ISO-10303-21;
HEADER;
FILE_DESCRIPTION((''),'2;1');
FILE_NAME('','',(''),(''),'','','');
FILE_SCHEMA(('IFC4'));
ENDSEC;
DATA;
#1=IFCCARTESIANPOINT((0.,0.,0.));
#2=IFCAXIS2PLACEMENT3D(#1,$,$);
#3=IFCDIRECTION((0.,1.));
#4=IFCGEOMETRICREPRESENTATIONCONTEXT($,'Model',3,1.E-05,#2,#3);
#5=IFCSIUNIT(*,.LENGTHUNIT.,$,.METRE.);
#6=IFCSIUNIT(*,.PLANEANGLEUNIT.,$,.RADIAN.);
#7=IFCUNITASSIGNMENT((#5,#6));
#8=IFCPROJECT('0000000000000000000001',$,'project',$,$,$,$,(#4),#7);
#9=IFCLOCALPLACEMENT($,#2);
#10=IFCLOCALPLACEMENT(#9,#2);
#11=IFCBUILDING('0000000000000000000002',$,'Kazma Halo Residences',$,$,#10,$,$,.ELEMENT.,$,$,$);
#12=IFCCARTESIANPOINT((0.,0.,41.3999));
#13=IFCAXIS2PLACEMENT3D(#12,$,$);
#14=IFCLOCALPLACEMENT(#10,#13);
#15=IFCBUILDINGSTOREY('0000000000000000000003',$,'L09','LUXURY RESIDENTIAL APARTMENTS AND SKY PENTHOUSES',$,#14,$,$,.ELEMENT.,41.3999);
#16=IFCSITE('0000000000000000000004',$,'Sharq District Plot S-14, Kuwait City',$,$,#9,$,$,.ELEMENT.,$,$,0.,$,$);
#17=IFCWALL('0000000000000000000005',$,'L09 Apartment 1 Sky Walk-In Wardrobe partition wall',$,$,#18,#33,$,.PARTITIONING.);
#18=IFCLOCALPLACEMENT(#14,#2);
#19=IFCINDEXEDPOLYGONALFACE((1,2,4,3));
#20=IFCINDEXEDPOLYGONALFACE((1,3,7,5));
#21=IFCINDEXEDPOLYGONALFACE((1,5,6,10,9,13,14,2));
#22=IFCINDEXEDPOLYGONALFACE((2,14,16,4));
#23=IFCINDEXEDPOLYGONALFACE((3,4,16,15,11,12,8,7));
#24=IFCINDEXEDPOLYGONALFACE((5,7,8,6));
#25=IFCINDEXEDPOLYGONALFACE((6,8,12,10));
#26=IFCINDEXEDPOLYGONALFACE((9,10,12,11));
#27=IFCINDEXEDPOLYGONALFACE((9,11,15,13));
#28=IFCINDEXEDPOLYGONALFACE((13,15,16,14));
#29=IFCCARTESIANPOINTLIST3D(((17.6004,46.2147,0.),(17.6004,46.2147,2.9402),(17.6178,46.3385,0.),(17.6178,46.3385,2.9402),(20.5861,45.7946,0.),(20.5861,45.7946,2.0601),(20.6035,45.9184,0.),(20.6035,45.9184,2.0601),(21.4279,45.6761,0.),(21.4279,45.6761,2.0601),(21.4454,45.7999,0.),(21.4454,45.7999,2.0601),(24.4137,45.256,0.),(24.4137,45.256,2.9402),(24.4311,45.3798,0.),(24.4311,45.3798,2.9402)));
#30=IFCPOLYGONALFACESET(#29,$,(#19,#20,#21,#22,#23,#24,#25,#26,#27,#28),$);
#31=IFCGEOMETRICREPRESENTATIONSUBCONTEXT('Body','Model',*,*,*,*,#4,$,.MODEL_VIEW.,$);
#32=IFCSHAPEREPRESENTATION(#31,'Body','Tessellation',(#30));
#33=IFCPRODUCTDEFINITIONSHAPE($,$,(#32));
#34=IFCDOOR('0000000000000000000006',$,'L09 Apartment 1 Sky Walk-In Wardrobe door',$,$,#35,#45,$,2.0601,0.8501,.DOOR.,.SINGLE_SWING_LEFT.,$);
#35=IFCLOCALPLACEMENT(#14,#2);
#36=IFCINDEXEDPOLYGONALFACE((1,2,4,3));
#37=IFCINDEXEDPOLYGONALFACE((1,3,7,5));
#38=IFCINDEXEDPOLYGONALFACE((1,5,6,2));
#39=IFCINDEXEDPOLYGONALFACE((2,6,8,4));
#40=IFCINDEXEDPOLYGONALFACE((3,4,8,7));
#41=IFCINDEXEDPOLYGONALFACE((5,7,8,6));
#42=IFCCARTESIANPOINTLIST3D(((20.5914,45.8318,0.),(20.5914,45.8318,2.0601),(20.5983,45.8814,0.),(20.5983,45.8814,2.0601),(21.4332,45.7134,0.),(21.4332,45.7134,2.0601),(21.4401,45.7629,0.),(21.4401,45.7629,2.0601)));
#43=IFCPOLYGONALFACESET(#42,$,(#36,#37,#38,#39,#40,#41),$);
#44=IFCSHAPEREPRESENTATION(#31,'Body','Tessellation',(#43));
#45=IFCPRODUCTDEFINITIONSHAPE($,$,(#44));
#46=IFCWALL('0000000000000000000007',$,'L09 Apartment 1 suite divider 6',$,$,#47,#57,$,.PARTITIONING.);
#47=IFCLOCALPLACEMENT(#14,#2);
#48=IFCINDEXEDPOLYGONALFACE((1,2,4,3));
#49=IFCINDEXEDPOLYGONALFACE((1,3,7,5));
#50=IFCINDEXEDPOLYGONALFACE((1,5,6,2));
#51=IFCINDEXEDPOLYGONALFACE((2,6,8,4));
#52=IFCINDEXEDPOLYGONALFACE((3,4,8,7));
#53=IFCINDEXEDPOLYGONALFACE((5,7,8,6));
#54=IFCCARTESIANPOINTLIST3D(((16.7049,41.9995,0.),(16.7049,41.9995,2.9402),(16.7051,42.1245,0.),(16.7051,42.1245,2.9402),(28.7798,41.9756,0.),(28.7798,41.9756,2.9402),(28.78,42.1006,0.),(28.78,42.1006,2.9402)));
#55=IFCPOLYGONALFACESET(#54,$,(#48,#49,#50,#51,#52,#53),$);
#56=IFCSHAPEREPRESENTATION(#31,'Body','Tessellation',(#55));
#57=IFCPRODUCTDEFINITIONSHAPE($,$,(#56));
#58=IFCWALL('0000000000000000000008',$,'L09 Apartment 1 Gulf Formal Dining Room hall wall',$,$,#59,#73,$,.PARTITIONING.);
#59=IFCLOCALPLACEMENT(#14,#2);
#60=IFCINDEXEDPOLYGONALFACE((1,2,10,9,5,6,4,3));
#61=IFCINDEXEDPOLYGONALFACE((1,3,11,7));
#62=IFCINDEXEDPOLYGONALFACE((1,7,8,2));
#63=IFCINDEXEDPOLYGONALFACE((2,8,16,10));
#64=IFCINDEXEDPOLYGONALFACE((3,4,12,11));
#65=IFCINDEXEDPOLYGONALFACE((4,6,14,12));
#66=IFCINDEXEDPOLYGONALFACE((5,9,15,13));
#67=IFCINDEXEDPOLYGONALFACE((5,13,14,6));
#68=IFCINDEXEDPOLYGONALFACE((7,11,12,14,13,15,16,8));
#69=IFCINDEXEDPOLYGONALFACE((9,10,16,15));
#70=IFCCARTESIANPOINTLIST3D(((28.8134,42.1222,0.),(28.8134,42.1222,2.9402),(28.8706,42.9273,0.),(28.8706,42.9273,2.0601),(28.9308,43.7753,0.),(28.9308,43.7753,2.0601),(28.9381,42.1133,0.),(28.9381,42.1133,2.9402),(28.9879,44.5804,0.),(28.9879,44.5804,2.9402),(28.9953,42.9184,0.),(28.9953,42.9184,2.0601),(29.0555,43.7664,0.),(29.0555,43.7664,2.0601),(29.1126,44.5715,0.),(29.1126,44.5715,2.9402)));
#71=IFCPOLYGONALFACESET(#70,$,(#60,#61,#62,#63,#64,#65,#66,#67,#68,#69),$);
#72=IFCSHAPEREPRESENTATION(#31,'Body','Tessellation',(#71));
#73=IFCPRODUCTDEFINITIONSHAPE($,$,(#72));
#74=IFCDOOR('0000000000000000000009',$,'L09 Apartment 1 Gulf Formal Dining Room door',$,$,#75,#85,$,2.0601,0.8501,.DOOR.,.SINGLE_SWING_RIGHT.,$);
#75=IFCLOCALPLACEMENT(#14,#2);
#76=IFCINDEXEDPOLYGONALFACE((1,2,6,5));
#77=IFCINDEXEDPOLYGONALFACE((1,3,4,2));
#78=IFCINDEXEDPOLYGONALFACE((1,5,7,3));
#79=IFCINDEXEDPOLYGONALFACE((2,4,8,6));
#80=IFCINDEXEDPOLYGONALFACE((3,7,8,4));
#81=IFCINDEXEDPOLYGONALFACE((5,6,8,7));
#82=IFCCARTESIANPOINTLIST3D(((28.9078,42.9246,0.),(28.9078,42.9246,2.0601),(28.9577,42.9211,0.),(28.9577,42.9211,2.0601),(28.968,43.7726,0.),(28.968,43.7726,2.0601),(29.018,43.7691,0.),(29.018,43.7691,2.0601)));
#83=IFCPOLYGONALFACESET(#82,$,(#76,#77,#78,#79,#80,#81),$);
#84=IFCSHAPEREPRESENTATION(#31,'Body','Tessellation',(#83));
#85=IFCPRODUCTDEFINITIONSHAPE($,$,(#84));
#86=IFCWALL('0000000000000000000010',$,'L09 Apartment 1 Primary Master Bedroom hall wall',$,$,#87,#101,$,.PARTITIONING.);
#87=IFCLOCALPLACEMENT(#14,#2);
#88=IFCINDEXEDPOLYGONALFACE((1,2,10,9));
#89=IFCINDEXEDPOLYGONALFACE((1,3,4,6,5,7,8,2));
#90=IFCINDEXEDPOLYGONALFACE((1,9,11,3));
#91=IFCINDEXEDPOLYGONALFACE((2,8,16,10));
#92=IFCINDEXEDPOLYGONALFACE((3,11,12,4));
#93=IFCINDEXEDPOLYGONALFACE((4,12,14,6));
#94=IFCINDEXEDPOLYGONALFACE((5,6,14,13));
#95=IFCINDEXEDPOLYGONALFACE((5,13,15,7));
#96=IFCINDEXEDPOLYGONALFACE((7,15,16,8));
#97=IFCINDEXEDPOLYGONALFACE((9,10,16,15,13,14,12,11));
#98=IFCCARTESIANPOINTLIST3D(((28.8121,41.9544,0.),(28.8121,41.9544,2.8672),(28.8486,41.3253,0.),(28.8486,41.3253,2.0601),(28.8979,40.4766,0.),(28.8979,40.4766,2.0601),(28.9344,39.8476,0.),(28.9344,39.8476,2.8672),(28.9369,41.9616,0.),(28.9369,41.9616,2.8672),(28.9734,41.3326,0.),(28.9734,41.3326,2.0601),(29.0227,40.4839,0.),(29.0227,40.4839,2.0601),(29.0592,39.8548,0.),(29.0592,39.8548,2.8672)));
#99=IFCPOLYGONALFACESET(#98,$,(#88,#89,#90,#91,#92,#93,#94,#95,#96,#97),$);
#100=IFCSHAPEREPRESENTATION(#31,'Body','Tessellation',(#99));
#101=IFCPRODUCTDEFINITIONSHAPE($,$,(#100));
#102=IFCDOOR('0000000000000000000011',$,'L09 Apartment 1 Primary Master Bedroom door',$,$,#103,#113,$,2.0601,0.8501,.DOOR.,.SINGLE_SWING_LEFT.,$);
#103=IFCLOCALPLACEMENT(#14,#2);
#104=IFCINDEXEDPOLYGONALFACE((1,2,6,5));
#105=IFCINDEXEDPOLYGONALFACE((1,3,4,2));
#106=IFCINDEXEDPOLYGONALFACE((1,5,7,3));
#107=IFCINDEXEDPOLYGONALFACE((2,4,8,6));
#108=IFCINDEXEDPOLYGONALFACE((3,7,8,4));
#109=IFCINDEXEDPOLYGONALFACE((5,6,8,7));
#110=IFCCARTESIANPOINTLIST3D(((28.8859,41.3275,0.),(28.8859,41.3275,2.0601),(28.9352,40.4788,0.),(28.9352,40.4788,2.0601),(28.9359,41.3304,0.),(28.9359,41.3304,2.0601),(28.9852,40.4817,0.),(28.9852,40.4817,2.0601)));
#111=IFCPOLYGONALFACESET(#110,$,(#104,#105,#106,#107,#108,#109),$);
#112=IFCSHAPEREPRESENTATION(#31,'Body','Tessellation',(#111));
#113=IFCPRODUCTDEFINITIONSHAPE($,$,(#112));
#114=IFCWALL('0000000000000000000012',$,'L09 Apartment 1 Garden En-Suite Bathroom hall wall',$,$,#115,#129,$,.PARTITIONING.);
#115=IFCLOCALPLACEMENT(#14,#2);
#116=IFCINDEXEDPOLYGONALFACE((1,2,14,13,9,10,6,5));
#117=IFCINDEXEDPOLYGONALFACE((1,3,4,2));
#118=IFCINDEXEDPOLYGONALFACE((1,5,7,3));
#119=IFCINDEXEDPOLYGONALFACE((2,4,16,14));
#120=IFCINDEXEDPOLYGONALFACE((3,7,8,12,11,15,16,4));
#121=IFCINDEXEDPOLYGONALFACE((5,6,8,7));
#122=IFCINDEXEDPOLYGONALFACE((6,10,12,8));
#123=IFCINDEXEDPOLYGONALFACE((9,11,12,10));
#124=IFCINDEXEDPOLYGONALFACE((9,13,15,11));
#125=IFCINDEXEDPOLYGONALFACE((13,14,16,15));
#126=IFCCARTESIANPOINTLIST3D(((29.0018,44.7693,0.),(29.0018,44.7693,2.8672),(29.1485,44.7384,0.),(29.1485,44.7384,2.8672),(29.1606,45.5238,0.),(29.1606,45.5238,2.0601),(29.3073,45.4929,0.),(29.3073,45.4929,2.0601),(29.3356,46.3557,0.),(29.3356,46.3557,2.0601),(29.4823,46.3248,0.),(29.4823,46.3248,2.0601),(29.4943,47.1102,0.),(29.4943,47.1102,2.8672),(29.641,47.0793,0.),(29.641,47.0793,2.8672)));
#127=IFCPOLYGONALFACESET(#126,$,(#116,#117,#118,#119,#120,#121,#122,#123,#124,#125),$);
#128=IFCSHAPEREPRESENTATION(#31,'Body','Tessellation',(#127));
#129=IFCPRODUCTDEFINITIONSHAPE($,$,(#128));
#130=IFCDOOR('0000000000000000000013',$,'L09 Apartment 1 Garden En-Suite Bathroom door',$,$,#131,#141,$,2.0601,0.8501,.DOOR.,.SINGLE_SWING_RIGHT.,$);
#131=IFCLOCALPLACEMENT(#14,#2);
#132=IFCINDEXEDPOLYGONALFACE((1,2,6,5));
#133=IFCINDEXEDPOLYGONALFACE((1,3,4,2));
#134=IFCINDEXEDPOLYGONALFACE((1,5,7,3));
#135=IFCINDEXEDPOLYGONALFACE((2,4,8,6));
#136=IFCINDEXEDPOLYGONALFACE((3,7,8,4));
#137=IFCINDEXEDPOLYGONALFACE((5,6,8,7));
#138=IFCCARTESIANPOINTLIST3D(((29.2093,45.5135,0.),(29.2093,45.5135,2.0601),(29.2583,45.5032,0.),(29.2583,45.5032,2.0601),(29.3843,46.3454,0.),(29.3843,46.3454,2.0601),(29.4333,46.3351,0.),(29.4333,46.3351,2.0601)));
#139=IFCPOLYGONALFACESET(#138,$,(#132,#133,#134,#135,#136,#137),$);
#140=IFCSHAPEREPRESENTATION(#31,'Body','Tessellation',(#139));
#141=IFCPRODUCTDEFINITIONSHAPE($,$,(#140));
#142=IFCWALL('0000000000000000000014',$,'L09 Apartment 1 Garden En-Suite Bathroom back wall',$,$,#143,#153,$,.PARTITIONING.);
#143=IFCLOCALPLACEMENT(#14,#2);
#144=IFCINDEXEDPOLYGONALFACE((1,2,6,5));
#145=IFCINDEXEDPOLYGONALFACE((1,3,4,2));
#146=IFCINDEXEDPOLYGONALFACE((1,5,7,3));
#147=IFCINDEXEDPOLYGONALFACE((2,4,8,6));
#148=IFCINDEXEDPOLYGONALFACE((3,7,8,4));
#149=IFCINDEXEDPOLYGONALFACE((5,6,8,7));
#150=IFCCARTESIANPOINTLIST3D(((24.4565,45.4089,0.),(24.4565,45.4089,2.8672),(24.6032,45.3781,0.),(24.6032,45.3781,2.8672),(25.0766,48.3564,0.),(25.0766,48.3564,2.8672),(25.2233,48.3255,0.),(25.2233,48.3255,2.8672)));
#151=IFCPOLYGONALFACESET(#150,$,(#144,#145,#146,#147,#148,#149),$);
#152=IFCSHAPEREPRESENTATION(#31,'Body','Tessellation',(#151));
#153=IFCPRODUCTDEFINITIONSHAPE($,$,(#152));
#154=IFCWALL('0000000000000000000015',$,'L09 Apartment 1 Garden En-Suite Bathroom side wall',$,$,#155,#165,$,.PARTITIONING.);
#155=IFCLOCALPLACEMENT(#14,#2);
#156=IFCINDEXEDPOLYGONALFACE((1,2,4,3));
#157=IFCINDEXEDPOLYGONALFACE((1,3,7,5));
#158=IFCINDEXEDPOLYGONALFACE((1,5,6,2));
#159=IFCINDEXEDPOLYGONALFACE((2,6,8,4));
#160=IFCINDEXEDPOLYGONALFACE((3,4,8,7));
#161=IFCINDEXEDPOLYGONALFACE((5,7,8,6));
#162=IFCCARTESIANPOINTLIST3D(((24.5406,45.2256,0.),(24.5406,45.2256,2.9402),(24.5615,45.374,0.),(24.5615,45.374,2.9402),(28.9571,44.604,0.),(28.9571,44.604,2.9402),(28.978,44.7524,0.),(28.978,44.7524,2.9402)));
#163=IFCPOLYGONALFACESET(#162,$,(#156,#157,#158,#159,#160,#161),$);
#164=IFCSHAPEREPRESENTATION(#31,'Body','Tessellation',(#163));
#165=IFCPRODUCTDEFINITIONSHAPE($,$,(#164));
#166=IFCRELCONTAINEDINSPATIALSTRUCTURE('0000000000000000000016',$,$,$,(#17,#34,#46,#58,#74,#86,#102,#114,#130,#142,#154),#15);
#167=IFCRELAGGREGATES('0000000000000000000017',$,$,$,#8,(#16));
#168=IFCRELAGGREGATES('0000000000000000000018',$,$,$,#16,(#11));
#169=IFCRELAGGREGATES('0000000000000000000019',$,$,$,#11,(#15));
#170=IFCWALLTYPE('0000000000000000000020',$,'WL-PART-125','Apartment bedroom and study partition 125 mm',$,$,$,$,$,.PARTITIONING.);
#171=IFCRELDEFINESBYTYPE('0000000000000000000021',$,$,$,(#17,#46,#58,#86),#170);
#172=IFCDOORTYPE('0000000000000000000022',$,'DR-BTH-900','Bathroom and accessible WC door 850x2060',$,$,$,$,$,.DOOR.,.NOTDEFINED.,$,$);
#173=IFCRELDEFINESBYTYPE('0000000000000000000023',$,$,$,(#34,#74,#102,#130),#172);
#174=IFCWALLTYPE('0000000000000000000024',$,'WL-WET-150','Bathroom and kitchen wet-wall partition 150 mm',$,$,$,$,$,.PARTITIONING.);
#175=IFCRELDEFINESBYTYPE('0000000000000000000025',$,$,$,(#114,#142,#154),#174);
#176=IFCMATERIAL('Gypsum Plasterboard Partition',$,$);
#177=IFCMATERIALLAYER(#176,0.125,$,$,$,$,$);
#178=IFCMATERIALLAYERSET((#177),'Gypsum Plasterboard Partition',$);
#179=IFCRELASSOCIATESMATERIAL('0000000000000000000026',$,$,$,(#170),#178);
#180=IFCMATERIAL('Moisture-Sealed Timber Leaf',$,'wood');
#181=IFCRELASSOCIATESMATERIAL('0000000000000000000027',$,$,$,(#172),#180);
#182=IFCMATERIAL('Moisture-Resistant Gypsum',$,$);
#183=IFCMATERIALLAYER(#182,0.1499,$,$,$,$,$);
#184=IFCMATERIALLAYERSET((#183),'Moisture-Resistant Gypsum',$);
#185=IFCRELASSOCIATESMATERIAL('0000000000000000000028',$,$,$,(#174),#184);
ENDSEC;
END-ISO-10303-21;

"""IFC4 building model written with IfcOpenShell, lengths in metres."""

from ifc_helpers import new_model, si_unit, direction, frame, frame_2d, origin, place, context, subcontext, project, spatial, rectangle, extrude, material, layer, layer_set, type_object, element, fill, save


model = new_model("IFC4")

# Units and contexts
model_context = context("Model", 3, precision=1e-05, world=origin(), true_north=direction((0.0, 1.0)))
body_context = subcontext(model_context, "Body", "Model", "MODEL_VIEW")
ifc_project = project(units=[si_unit("LENGTHUNIT", "METRE"), si_unit("PLANEANGLEUNIT", "RADIAN")], contexts=[model_context])

# Site, building, storey
site_placement = place(None, origin())
site = spatial("IfcSite", under=ifc_project, at=site_placement, Name="Sharq District Plot S-14, Kuwait City", CompositionType="ELEMENT", RefElevation=0.0)
building_placement = place(site_placement, origin())
building = spatial("IfcBuilding", under=site, at=building_placement, Name="Kazma Halo Residences", CompositionType="ELEMENT")
storey_placement = place(building_placement, frame((0.0, 0.0, 41.3999)))
storey = spatial("IfcBuildingStorey", under=building, at=storey_placement, Name="L09", Description="LUXURY RESIDENTIAL APARTMENTS AND SKY PENTHOUSES", CompositionType="ELEMENT", Elevation=41.3999)

# Shared definitions
ifc_material_1 = material(Name="Gypsum Plasterboard Partition")
ifc_layer_1 = layer(ifc_material_1, 0.125)
ifc_layer_set_1 = layer_set([ifc_layer_1], Name="Gypsum Plasterboard Partition")
wall_type_1 = type_object("IfcWallType", Name="WL-PART-125", Description="Apartment bedroom and study partition 125 mm", PredefinedType="PARTITIONING", material=ifc_layer_set_1)

# Shared definitions
ifc_material_2 = material(Name="Moisture-Sealed Timber Leaf", Category="wood")
door_type = type_object("IfcDoorType", Name="DR-BTH-900", Description="Bathroom and accessible WC door 850x2060", OperationType="NOTDEFINED", PredefinedType="DOOR", material=ifc_material_2)

# Wall, opening, door
wall_1_placement = place(storey_placement, frame((24.4224, 45.3179, 0.0), z_axis=(0.0, 0.0, 1.0), x_axis=(-0.990244, 0.139345, 0.0)))
wall_1 = element("IfcWall", 1, at=wall_1_placement, inside=storey, type_object=wall_type_1, Name="L09 Apartment 1 Sky Walk-In Wardrobe partition wall", PredefinedType="PARTITIONING", context=body_context, shape_type="SweptSolid", body=[
    extrude(rectangle(XDim=6.8804, YDim=0.125, at=frame_2d((3.4402, 0.0))), origin(), (0.0, 0.0, 1.0), 2.9402),
])
opening_1_placement = place(wall_1_placement, frame((3.0151, 0.0, 0.0)))
opening_1 = element("IfcOpeningElement", 2, at=opening_1_placement, cuts=wall_1, PredefinedType="OPENING", context=body_context, shape_type="SweptSolid", body=[
    extrude(rectangle(XDim=0.8501, YDim=2.0601, at=frame_2d((0.425, 1.03))), frame((0.0, 0.0725, 0.0), z_axis=(0.0, -1.0, 0.0), x_axis=(1.0, 0.0, 0.0)), (0.0, 0.0, 1.0), 0.145),
])
door_1_placement = place(opening_1_placement, origin())
door_1 = element("IfcDoor", 3, at=door_1_placement, inside=storey, type_object=door_type, Name="L09 Apartment 1 Sky Walk-In Wardrobe door", OperationType="SINGLE_SWING_LEFT", OverallHeight=2.0601, OverallWidth=0.8501, PredefinedType="DOOR", context=body_context, shape_type="SweptSolid", body=[
    extrude(rectangle(XDim=0.8501, YDim=2.0601, at=frame_2d((0.425, 1.03))), frame((0.0, 0.0249, 0.0), z_axis=(0.0, -1.0, 0.0), x_axis=(1.0, 0.0, 0.0)), (0.0, 0.0, 1.0), 0.05),
])
fill(opening_1, door_1)

# Wall
wall_2_placement = place(storey_placement, frame((28.78, 42.0381, 0.0), z_axis=(0.0, 0.0, 1.0), x_axis=(-0.999998, 0.001981, 0.0)))
element("IfcWall", 4, at=wall_2_placement, inside=storey, type_object=wall_type_1, Name="L09 Apartment 1 suite divider 6", PredefinedType="PARTITIONING", context=body_context, shape_type="SweptSolid", body=[
    extrude(rectangle(XDim=12.075, YDim=0.125, at=frame_2d((6.0376, 0.0))), origin(), (0.0, 0.0, 1.0), 2.9402),
])

# Walls, openings, doors
wall_3_placement = place(storey_placement, frame((29.0503, 44.5759, 0.0), z_axis=(0.0, 0.0, 1.0), x_axis=(-0.070832, -0.997488, 0.0)))
wall_3 = element("IfcWall", 5, at=wall_3_placement, inside=storey, type_object=wall_type_1, Name="L09 Apartment 1 Gulf Formal Dining Room hall wall", PredefinedType="PARTITIONING", context=body_context, shape_type="SweptSolid", body=[
    extrude(rectangle(XDim=2.4644, YDim=0.125, at=frame_2d((1.2322, 0.0))), origin(), (0.0, 0.0, 1.0), 2.9402),
])
opening_2_placement = place(wall_3_placement, frame((0.8071, 0.0, 0.0)))
opening_2 = element("IfcOpeningElement", 6, at=opening_2_placement, cuts=wall_3, PredefinedType="OPENING", context=body_context, shape_type="SweptSolid", body=[
    extrude(rectangle(XDim=0.8501, YDim=2.0601, at=frame_2d((0.425, 1.03))), frame((0.0, 0.0725, 0.0), z_axis=(0.0, -1.0, 0.0), x_axis=(1.0, 0.0, 0.0)), (0.0, 0.0, 1.0), 0.145),
])
door_2_placement = place(opening_2_placement, origin())
door_2 = element("IfcDoor", 7, at=door_2_placement, inside=storey, type_object=door_type, Name="L09 Apartment 1 Gulf Formal Dining Room door", OperationType="SINGLE_SWING_RIGHT", OverallHeight=2.0601, OverallWidth=0.8501, PredefinedType="DOOR", context=body_context, shape_type="SweptSolid", body=[
    extrude(rectangle(XDim=0.8501, YDim=2.0601, at=frame_2d((0.425, 1.03))), frame((0.0, 0.0249, 0.0), z_axis=(0.0, -1.0, 0.0), x_axis=(1.0, 0.0, 0.0)), (0.0, 0.0, 1.0), 0.05),
])
fill(opening_2, door_2)
wall_4_placement = place(storey_placement, frame((28.8745, 41.958, 0.0), z_axis=(0.0, 0.0, 1.0), x_axis=(0.057962, -0.998319, 0.0)))
wall_4 = element("IfcWall", 8, at=wall_4_placement, inside=storey, type_object=wall_type_1, Name="L09 Apartment 1 Primary Master Bedroom hall wall", PredefinedType="PARTITIONING", context=body_context, shape_type="SweptSolid", body=[
    extrude(rectangle(XDim=2.1104, YDim=0.125, at=frame_2d((1.0552, 0.0))), origin(), (0.0, 0.0, 1.0), 2.8672),
])
opening_3_placement = place(wall_4_placement, frame((0.6301, 0.0, 0.0)))
opening_3 = element("IfcOpeningElement", 9, at=opening_3_placement, cuts=wall_4, PredefinedType="OPENING", context=body_context, shape_type="SweptSolid", body=[
    extrude(rectangle(XDim=0.8501, YDim=2.0601, at=frame_2d((0.425, 1.03))), frame((0.0, 0.0725, 0.0), z_axis=(0.0, -1.0, 0.0), x_axis=(1.0, 0.0, 0.0)), (0.0, 0.0, 1.0), 0.145),
])
door_3_placement = place(opening_3_placement, origin())
door_3 = element("IfcDoor", 10, at=door_3_placement, inside=storey, type_object=door_type, Name="L09 Apartment 1 Primary Master Bedroom door", OperationType="SINGLE_SWING_LEFT", OverallHeight=2.0601, OverallWidth=0.8501, PredefinedType="DOOR", context=body_context, shape_type="SweptSolid", body=[
    extrude(rectangle(XDim=0.8501, YDim=2.0601, at=frame_2d((0.425, 1.03))), frame((0.0, 0.0249, 0.0), z_axis=(0.0, -1.0, 0.0), x_axis=(1.0, 0.0, 0.0)), (0.0, 0.0, 1.0), 0.05),
])
fill(opening_3, door_3)
ifc_material_3 = material(Name="Moisture-Resistant Gypsum")
ifc_layer_2 = layer(ifc_material_3, 0.1499)
ifc_layer_set_2 = layer_set([ifc_layer_2], Name="Moisture-Resistant Gypsum")
wall_type_2 = type_object("IfcWallType", Name="WL-WET-150", Description="Bathroom and kitchen wet-wall partition 150 mm", PredefinedType="PARTITIONING", material=ifc_layer_set_2)
wall_5_placement = place(storey_placement, frame((29.5676, 47.0947, 0.0), z_axis=(0.0, 0.0, 1.0), x_axis=(-0.205861, -0.978581, 0.0)))
wall_5 = element("IfcWall", 11, at=wall_5_placement, inside=storey, type_object=wall_type_2, Name="L09 Apartment 1 Garden En-Suite Bathroom hall wall", PredefinedType="PARTITIONING", context=body_context, shape_type="SweptSolid", body=[
    extrude(rectangle(XDim=2.3921, YDim=0.1499, at=frame_2d((1.196, 0.0))), origin(), (0.0, 0.0, 1.0), 2.8672),
])
opening_4_placement = place(wall_5_placement, frame((0.771, 0.0, 0.0)))
opening_4 = element("IfcOpeningElement", 12, at=opening_4_placement, cuts=wall_5, PredefinedType="OPENING", context=body_context, shape_type="SweptSolid", body=[
    extrude(rectangle(XDim=0.8501, YDim=2.0601, at=frame_2d((0.425, 1.03))), frame((0.0, 0.085, 0.0), z_axis=(0.0, -1.0, 0.0), x_axis=(1.0, 0.0, 0.0)), (0.0, 0.0, 1.0), 0.1699),
])
door_4_placement = place(opening_4_placement, origin())
door_4 = element("IfcDoor", 13, at=door_4_placement, inside=storey, type_object=door_type, Name="L09 Apartment 1 Garden En-Suite Bathroom door", OperationType="SINGLE_SWING_RIGHT", OverallHeight=2.0601, OverallWidth=0.8501, PredefinedType="DOOR", context=body_context, shape_type="SweptSolid", body=[
    extrude(rectangle(XDim=0.8501, YDim=2.0601, at=frame_2d((0.425, 1.03))), frame((0.0, 0.0249, 0.0), z_axis=(0.0, -1.0, 0.0), x_axis=(1.0, 0.0, 0.0)), (0.0, 0.0, 1.0), 0.05),
])
fill(opening_4, door_4)

# Walls
wall_6_placement = place(storey_placement, frame((25.1499, 48.3408, 0.0), z_axis=(0.0, 0.0, 1.0), x_axis=(-0.20588, -0.978577, 0.0)))
element("IfcWall", 14, at=wall_6_placement, inside=storey, type_object=wall_type_2, Name="L09 Apartment 1 Garden En-Suite Bathroom back wall", PredefinedType="PARTITIONING", context=body_context, shape_type="SweptSolid", body=[
    extrude(rectangle(XDim=3.012, YDim=0.1499, at=frame_2d((1.5059, 0.0))), origin(), (0.0, 0.0, 1.0), 2.8672),
])
wall_7_placement = place(storey_placement, frame((28.9675, 44.6782, 0.0), z_axis=(0.0, 0.0, 1.0), x_axis=(-0.990241, 0.139367, 0.0)))
element("IfcWall", 15, at=wall_7_placement, inside=storey, type_object=wall_type_2, Name="L09 Apartment 1 Garden En-Suite Bathroom side wall", PredefinedType="PARTITIONING", context=body_context, shape_type="SweptSolid", body=[
    extrude(rectangle(XDim=4.46, YDim=0.1499, at=frame_2d((2.23, 0.0))), origin(), (0.0, 0.0, 1.0), 2.9402),
])

save(model, "model.ifc")
